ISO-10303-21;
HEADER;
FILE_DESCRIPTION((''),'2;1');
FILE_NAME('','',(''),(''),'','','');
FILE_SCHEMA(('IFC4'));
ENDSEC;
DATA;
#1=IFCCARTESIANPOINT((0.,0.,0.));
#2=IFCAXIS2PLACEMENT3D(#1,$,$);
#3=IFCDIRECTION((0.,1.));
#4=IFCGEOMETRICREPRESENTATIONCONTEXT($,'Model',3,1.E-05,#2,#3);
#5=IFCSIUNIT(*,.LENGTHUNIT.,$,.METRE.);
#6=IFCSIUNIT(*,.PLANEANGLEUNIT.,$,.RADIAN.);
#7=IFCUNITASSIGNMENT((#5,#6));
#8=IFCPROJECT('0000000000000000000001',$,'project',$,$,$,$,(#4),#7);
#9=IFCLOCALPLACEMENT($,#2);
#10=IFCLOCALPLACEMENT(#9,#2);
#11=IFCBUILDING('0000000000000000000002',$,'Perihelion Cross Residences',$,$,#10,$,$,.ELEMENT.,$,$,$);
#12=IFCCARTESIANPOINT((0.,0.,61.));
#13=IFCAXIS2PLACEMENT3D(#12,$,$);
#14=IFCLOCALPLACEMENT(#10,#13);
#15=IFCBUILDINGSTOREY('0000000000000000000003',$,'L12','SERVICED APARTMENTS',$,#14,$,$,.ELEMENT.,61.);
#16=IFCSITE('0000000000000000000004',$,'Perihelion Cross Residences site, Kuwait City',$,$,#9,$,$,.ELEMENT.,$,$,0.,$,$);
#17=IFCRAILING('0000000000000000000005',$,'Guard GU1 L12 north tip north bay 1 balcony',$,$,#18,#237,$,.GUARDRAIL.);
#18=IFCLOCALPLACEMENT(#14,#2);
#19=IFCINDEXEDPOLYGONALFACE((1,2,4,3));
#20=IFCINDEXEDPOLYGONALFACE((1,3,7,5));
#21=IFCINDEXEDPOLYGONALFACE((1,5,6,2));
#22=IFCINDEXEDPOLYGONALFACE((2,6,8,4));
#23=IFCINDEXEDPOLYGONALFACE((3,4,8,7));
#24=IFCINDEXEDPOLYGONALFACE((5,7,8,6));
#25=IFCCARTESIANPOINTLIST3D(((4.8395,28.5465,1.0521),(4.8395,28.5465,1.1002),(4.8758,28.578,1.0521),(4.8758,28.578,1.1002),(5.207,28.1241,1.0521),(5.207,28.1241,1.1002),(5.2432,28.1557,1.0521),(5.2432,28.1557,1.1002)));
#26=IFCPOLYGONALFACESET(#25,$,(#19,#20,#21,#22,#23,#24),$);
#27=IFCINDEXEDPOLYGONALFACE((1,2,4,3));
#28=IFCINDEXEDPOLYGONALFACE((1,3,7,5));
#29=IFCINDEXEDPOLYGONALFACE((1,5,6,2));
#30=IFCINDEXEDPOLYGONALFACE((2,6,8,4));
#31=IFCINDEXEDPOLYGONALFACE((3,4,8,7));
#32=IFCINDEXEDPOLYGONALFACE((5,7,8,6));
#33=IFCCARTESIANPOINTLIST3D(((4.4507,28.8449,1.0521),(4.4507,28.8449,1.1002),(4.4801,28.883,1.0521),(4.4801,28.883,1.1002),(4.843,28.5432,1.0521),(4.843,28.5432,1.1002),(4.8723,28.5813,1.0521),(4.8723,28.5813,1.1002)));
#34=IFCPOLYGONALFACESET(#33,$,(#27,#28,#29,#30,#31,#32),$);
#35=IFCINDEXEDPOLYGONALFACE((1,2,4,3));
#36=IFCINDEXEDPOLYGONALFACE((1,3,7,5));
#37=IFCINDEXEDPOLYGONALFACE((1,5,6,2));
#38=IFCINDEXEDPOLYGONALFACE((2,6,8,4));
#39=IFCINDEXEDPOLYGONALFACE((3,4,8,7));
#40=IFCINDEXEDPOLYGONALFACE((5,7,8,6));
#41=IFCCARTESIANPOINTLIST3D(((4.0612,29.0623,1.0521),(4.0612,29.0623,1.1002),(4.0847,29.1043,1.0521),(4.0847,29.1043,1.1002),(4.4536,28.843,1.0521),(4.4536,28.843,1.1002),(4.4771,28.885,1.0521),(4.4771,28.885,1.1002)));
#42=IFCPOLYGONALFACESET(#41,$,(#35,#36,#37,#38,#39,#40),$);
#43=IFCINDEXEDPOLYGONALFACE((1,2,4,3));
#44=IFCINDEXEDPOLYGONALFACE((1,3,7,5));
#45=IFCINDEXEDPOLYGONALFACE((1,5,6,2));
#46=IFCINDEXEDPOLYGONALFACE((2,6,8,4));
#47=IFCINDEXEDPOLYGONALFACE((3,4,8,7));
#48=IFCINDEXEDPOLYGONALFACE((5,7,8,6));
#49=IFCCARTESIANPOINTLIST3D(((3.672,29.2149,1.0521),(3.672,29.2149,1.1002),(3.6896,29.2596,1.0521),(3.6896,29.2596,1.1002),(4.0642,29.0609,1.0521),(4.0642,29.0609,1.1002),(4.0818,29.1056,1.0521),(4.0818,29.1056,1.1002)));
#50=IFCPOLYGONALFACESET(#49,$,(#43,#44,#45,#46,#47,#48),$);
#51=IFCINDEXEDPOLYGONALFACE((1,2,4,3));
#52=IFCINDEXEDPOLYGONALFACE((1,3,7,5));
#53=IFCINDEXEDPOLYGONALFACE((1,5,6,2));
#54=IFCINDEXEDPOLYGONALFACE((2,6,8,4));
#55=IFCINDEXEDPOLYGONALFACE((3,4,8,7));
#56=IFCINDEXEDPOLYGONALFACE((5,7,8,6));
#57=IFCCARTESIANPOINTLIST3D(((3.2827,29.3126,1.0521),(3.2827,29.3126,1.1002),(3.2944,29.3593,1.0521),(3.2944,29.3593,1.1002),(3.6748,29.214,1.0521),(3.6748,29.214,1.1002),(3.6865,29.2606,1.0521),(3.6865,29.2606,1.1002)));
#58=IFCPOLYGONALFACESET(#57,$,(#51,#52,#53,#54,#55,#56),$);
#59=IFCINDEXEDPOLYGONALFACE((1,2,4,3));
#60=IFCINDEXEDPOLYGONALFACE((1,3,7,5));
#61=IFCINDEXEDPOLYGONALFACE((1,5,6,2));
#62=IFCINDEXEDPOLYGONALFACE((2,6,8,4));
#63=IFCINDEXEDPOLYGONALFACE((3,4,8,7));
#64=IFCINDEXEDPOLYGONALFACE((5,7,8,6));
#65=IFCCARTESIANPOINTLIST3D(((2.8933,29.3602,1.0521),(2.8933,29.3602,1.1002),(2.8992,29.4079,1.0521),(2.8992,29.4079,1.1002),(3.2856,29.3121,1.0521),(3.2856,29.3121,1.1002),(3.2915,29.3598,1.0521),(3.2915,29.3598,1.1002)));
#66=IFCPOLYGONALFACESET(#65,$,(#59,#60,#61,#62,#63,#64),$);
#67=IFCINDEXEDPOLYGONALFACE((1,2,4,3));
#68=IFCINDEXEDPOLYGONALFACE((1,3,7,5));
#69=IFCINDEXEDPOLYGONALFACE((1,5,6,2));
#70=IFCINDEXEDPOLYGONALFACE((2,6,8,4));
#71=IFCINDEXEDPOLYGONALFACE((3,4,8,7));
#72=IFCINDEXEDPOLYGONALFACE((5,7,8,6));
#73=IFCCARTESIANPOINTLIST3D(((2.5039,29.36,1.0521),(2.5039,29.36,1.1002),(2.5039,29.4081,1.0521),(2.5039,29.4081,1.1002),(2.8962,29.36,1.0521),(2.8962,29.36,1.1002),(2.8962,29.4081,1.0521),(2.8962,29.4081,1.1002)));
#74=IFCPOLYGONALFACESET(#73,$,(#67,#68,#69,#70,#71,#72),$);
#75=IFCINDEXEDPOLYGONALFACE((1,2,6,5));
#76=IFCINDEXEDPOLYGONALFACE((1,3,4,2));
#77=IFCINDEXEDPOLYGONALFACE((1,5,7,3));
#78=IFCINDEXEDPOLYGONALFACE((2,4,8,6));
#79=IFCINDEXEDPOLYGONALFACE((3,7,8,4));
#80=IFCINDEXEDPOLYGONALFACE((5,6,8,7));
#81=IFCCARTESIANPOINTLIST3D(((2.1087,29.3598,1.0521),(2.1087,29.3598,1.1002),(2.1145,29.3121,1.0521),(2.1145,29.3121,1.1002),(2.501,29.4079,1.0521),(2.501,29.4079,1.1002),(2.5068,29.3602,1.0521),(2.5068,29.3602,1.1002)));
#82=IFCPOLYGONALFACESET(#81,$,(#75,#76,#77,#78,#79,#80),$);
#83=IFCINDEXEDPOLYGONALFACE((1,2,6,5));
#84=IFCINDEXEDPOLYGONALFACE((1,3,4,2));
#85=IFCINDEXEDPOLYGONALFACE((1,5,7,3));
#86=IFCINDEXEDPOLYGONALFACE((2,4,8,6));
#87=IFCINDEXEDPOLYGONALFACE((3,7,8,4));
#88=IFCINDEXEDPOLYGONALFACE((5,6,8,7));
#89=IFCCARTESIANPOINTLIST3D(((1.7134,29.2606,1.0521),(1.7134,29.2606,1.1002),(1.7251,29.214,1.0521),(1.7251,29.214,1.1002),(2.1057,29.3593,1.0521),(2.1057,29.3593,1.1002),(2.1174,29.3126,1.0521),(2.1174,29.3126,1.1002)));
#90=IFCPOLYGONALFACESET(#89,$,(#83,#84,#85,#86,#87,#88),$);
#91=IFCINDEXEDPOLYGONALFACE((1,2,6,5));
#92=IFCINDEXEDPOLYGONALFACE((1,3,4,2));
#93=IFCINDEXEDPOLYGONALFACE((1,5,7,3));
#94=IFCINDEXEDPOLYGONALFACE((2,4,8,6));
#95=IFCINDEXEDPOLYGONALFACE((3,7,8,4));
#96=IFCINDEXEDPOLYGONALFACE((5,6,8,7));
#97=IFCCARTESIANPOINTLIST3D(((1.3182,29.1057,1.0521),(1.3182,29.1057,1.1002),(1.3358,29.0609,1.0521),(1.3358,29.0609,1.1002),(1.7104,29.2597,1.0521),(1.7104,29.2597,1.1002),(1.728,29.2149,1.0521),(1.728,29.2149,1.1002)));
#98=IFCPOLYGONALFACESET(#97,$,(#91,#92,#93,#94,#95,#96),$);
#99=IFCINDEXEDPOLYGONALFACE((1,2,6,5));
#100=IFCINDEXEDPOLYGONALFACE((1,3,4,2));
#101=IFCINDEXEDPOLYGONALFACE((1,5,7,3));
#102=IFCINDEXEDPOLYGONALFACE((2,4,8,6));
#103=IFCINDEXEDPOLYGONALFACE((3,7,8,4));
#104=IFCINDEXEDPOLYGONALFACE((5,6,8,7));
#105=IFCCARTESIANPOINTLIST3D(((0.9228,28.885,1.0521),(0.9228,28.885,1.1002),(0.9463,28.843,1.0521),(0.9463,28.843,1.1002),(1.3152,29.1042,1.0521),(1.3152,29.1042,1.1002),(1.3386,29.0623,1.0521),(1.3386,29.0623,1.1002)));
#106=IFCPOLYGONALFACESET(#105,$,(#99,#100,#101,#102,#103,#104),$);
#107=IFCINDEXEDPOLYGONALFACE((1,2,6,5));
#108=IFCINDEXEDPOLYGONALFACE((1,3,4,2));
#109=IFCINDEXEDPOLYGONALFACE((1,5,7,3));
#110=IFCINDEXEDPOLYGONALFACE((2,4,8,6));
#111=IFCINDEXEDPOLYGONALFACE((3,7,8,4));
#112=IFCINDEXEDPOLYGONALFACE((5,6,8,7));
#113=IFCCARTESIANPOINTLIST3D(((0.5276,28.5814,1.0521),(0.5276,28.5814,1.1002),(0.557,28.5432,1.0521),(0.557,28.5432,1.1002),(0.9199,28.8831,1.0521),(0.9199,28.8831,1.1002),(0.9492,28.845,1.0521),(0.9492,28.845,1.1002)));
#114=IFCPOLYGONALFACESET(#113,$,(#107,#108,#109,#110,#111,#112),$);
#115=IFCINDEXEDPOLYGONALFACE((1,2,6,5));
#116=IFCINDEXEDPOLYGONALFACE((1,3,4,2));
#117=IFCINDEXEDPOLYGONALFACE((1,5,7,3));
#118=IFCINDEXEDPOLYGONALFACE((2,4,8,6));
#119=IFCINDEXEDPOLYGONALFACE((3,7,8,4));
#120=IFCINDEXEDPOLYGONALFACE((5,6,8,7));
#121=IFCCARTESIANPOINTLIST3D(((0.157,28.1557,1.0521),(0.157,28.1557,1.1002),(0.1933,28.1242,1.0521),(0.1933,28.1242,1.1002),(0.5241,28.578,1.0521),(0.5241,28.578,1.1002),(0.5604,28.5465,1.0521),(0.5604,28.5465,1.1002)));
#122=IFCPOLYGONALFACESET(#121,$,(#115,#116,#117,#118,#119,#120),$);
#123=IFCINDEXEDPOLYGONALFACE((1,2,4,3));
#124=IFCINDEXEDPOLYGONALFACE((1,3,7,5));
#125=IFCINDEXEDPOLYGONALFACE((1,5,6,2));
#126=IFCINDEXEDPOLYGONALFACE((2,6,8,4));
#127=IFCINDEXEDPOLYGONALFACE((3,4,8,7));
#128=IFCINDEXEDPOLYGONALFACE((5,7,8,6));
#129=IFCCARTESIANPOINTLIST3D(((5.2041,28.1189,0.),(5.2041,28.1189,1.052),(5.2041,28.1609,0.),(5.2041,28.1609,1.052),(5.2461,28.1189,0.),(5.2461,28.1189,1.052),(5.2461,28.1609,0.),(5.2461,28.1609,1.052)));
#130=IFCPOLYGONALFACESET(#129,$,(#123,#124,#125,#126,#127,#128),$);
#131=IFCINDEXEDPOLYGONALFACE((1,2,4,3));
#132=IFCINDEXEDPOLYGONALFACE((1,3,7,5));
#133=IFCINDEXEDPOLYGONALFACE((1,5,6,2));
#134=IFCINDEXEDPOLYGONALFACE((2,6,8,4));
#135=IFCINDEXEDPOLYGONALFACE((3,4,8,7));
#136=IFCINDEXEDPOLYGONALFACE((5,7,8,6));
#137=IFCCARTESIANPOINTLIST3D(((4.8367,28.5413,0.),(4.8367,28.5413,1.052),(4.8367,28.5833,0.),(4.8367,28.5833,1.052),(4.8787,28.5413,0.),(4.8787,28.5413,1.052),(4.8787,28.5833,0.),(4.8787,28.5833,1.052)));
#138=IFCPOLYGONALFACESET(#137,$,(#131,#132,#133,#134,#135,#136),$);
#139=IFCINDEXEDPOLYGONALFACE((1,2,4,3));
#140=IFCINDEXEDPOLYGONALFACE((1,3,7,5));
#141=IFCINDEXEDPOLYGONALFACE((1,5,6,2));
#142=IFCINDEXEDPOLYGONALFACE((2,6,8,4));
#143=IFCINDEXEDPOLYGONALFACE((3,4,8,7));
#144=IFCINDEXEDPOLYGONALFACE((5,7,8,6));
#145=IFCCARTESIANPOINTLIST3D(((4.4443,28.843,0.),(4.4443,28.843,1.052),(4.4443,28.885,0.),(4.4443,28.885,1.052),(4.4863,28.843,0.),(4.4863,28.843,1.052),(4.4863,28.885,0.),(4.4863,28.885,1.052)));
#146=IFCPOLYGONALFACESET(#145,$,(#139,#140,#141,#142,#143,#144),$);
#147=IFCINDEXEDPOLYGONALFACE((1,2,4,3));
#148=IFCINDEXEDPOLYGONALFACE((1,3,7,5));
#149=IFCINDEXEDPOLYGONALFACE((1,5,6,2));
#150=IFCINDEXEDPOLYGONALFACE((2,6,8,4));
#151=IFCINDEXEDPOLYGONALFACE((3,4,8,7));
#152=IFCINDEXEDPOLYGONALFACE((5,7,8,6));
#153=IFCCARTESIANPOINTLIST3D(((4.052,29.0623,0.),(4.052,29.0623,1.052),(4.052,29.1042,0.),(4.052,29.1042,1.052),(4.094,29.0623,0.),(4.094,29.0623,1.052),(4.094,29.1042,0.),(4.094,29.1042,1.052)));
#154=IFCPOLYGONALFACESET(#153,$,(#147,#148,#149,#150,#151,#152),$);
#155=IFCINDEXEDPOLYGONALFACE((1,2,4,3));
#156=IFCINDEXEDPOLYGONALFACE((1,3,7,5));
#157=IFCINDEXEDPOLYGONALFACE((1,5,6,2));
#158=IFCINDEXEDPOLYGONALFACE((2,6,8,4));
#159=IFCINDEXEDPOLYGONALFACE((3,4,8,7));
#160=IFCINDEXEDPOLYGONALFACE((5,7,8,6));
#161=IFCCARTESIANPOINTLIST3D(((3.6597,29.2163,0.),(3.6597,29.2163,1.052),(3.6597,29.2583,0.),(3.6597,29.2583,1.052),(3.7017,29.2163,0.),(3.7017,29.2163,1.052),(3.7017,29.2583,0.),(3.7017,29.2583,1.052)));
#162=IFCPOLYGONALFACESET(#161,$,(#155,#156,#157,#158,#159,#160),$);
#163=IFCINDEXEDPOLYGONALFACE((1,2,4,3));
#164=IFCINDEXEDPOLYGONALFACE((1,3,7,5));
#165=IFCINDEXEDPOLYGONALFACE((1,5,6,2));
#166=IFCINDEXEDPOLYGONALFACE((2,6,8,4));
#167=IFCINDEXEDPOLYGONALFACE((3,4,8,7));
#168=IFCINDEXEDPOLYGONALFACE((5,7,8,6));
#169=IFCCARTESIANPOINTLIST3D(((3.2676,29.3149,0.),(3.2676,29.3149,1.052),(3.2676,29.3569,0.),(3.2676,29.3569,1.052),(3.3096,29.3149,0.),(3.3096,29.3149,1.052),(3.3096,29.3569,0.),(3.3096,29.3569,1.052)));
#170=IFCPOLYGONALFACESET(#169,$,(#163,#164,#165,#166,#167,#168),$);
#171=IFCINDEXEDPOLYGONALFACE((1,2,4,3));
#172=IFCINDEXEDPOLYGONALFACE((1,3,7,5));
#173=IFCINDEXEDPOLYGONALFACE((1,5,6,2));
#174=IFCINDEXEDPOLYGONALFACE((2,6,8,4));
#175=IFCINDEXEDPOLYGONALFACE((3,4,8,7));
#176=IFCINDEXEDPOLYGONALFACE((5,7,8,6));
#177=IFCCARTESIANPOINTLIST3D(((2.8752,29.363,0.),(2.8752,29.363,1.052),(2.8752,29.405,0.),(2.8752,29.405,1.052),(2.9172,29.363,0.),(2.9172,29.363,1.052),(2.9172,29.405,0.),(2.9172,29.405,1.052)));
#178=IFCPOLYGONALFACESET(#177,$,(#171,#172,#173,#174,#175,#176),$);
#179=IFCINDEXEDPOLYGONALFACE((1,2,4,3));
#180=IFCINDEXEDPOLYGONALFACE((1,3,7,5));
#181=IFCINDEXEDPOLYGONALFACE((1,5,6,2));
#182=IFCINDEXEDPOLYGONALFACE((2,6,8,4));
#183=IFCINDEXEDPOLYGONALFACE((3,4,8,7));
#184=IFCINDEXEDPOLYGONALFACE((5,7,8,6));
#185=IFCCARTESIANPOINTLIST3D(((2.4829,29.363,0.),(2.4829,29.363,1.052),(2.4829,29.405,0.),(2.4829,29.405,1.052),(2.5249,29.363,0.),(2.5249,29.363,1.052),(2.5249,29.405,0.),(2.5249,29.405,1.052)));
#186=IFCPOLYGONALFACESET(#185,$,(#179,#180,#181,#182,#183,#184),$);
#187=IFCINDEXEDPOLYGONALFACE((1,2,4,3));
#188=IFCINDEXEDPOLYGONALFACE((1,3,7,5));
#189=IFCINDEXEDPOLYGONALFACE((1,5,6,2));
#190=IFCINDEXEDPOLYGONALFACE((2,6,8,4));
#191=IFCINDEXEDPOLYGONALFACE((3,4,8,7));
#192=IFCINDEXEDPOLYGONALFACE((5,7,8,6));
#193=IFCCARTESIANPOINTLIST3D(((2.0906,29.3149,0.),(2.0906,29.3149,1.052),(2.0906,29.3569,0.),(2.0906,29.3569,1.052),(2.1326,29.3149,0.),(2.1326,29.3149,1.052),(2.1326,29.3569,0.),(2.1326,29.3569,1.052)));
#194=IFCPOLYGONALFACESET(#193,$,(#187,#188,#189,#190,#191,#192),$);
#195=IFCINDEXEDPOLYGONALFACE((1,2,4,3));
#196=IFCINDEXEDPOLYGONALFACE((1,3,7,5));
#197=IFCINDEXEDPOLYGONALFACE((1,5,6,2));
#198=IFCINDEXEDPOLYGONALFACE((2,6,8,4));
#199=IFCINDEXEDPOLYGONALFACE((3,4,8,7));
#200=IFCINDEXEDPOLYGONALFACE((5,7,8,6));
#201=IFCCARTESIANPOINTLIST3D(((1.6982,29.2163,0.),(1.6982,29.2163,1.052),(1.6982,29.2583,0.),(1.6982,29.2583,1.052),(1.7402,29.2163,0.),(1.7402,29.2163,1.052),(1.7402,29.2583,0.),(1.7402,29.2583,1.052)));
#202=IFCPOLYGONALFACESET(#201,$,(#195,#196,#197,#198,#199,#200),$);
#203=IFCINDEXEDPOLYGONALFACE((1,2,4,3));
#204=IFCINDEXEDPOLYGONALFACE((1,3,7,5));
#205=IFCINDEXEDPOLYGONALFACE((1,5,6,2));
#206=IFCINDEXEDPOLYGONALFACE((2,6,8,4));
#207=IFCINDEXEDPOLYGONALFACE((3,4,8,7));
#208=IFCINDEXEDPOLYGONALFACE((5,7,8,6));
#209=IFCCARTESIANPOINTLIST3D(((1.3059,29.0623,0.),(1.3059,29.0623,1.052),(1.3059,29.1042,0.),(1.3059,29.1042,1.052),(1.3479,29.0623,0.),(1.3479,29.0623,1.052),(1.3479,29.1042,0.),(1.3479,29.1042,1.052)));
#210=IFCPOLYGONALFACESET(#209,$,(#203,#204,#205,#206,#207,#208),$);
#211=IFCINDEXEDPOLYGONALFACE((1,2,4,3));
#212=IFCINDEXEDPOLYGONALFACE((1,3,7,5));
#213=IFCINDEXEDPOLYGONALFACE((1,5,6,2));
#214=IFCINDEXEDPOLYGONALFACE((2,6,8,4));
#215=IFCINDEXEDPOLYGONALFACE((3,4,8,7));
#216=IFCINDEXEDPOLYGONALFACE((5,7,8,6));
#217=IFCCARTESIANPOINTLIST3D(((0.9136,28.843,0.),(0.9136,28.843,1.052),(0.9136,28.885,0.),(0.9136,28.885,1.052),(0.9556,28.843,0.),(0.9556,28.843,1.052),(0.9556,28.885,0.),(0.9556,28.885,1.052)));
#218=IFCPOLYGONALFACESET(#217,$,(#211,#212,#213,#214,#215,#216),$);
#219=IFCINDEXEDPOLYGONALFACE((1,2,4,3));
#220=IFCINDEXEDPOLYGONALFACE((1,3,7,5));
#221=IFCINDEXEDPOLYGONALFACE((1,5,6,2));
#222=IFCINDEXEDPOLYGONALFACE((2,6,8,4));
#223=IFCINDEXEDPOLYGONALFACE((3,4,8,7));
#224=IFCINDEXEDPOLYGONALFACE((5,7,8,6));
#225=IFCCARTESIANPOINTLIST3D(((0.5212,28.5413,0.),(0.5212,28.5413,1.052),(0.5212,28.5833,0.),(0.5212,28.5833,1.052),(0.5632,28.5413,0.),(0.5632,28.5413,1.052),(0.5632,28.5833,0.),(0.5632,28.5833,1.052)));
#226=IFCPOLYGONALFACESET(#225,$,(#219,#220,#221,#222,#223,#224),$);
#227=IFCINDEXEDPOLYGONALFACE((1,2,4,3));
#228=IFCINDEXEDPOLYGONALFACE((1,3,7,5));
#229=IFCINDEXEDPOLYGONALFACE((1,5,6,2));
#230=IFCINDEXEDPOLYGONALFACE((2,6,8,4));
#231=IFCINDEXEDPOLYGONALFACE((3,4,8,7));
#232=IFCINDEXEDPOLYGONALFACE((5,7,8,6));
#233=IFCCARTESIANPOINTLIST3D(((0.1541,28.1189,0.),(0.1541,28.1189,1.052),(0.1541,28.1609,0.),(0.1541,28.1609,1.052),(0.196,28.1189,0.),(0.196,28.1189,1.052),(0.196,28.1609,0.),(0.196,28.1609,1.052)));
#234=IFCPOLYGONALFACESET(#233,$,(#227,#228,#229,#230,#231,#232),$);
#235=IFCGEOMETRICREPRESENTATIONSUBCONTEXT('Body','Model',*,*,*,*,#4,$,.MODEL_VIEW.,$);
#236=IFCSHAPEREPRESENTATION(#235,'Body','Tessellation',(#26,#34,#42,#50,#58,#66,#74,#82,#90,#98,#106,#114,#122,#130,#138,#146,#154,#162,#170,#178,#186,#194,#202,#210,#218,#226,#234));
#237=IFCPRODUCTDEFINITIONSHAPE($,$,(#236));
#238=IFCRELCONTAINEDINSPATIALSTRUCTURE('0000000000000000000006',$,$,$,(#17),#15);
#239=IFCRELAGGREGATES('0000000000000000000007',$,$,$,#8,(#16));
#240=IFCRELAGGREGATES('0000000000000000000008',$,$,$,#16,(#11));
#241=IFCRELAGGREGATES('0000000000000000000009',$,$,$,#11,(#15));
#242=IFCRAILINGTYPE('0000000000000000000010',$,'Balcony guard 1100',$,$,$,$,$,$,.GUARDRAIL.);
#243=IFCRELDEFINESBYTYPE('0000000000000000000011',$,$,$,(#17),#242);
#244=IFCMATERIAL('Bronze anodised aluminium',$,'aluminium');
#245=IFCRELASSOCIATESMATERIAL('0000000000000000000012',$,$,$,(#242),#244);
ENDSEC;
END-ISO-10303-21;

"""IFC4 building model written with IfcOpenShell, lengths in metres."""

from ifc_helpers import new_model, si_unit, direction, frame, origin, origin_2d, place, context, subcontext, project, spatial, rectangle, extrude, material, type_object, element, save


model = new_model("IFC4")

# Units and contexts
model_context = context("Model", 3, precision=1e-05, world=origin(), true_north=direction((0.0, 1.0)))
body_context = subcontext(model_context, "Body", "Model", "MODEL_VIEW")
ifc_project = project(units=[si_unit("LENGTHUNIT", "METRE"), si_unit("PLANEANGLEUNIT", "RADIAN")], contexts=[model_context])

# Site, building, storey
site_placement = place(None, origin())
site = spatial("IfcSite", under=ifc_project, at=site_placement, Name="Perihelion Cross Residences site, Kuwait City", CompositionType="ELEMENT", RefElevation=0.0)
building_placement = place(site_placement, origin())
building = spatial("IfcBuilding", under=site, at=building_placement, Name="Perihelion Cross Residences", CompositionType="ELEMENT")
storey_placement = place(building_placement, frame((0.0, 0.0, 61.0)))
storey = spatial("IfcBuildingStorey", under=building, at=storey_placement, Name="L12", Description="SERVICED APARTMENTS", CompositionType="ELEMENT", Elevation=61.0)

# Railing
ifc_material_1 = material(Name="Bronze anodised aluminium", Category="aluminium")
railing_type = type_object("IfcRailingType", Name="Balcony guard 1100", PredefinedType="GUARDRAIL", material=ifc_material_1)
railing_placement = place(storey_placement, frame((5.2251, 28.1399, 0.0)))
element("IfcRailing", 1, at=railing_placement, inside=storey, type_object=railing_type, Name="Guard GU1 L12 north tip north bay 1 balcony", PredefinedType="GUARDRAIL", context=body_context, shape_type="SweptSolid", body=[
    extrude(rectangle(XDim=0.0481, YDim=0.0481, at=origin_2d()), frame((0.0, 0.0, 1.0762), z_axis=(-0.656341, 0.754465, 0.0), x_axis=(-0.754465, -0.656341, 0.0)), (0.0, 0.0, 1.0), 0.5598),
    extrude(rectangle(XDim=0.0481, YDim=0.0481, at=origin_2d()), frame((-0.3674, 0.4224, 1.0762), z_axis=(-0.792661, 0.609663, 0.0), x_axis=(-0.609663, -0.792661, 0.0)), (0.0, 0.0, 1.0), 0.4949),
    extrude(rectangle(XDim=0.0481, YDim=0.0481, at=origin_2d()), frame((-0.7598, 0.7241, 1.0762), z_axis=(-0.87295, 0.487809, 0.0), x_axis=(-0.487809, -0.87295, 0.0)), (0.0, 0.0, 1.0), 0.4495),
    extrude(rectangle(XDim=0.0481, YDim=0.0481, at=origin_2d()), frame((-1.1521, 0.9434, 1.0762), z_axis=(-0.930815, 0.365491, 0.0), x_axis=(-0.365491, -0.930815, 0.0)), (0.0, 0.0, 1.0), 0.4214),
    extrude(rectangle(XDim=0.0481, YDim=0.0481, at=origin_2d()), frame((-1.5444, 1.0974, 1.0762), z_axis=(-0.969786, 0.243956, 0.0), x_axis=(-0.243956, -0.969786, 0.0)), (0.0, 0.0, 1.0), 0.4043),
    extrude(rectangle(XDim=0.0481, YDim=0.0481, at=origin_2d()), frame((-1.9365, 1.196, 1.0762), z_axis=(-0.99257, 0.121678, 0.0), x_axis=(-0.121678, -0.99257, 0.0)), (0.0, 0.0, 1.0), 0.3953),
    extrude(rectangle(XDim=0.0481, YDim=0.0481, at=origin_2d()), frame((-2.3289, 1.2441, 1.0762), z_axis=(-1.0, 0.0, 0.0), x_axis=(0.0, -1.0, 0.0)), (0.0, 0.0, 1.0), 0.3923),
    extrude(rectangle(XDim=0.0481, YDim=0.0481, at=origin_2d()), frame((-2.7212, 1.2441, 1.0762), z_axis=(-0.99257, -0.121678, 0.0), x_axis=(0.121678, -0.99257, 0.0)), (0.0, 0.0, 1.0), 0.3953),
    extrude(rectangle(XDim=0.0481, YDim=0.0481, at=origin_2d()), frame((-3.1135, 1.196, 1.0762), z_axis=(-0.969822, -0.243813, 0.0), x_axis=(0.243813, -0.969822, 0.0)), (0.0, 0.0, 1.0), 0.4045),
    extrude(rectangle(XDim=0.0481, YDim=0.0481, at=origin_2d()), frame((-3.5059, 1.0974, 1.0762), z_axis=(-0.930815, -0.365491, 0.0), x_axis=(0.365491, -0.930815, 0.0)), (0.0, 0.0, 1.0), 0.4214),
    extrude(rectangle(XDim=0.0481, YDim=0.0481, at=origin_2d()), frame((-3.8982, 0.9434, 1.0762), z_axis=(-0.87295, -0.487809, 0.0), x_axis=(0.487809, -0.87295, 0.0)), (0.0, 0.0, 1.0), 0.4495),
    extrude(rectangle(XDim=0.0481, YDim=0.0481, at=origin_2d()), frame((-4.2905, 0.7241, 1.0762), z_axis=(-0.792661, -0.609663, 0.0), x_axis=(0.609663, -0.792661, 0.0)), (0.0, 0.0, 1.0), 0.4949),
    extrude(rectangle(XDim=0.0481, YDim=0.0481, at=origin_2d()), frame((-4.6829, 0.4224, 1.0762), z_axis=(-0.656092, -0.754681, 0.0), x_axis=(0.754681, -0.656092, 0.0)), (0.0, 0.0, 1.0), 0.5596),
    extrude(rectangle(XDim=0.042, YDim=0.042, at=origin_2d()), origin(), (0.0, 0.0, 1.0), 1.052),
    extrude(rectangle(XDim=0.042, YDim=0.042, at=origin_2d()), frame((-0.3674, 0.4224, 0.0)), (0.0, 0.0, 1.0), 1.052),
    extrude(rectangle(XDim=0.042, YDim=0.042, at=origin_2d()), frame((-0.7598, 0.7241, 0.0)), (0.0, 0.0, 1.0), 1.052),
    extrude(rectangle(XDim=0.042, YDim=0.042, at=origin_2d()), frame((-1.1521, 0.9434, 0.0)), (0.0, 0.0, 1.0), 1.052),
    extrude(rectangle(XDim=0.042, YDim=0.042, at=origin_2d()), frame((-1.5444, 1.0974, 0.0)), (0.0, 0.0, 1.0), 1.052),
    extrude(rectangle(XDim=0.042, YDim=0.042, at=origin_2d()), frame((-1.9365, 1.196, 0.0)), (0.0, 0.0, 1.0), 1.052),
    extrude(rectangle(XDim=0.042, YDim=0.042, at=origin_2d()), frame((-2.3289, 1.2441, 0.0)), (0.0, 0.0, 1.0), 1.052),
    extrude(rectangle(XDim=0.042, YDim=0.042, at=origin_2d()), frame((-2.7212, 1.2441, 0.0)), (0.0, 0.0, 1.0), 1.052),
    extrude(rectangle(XDim=0.042, YDim=0.042, at=origin_2d()), frame((-3.1135, 1.196, 0.0)), (0.0, 0.0, 1.0), 1.052),
    extrude(rectangle(XDim=0.042, YDim=0.042, at=origin_2d()), frame((-3.5059, 1.0974, 0.0)), (0.0, 0.0, 1.0), 1.052),
    extrude(rectangle(XDim=0.042, YDim=0.042, at=origin_2d()), frame((-3.8982, 0.9434, 0.0)), (0.0, 0.0, 1.0), 1.052),
    extrude(rectangle(XDim=0.042, YDim=0.042, at=origin_2d()), frame((-4.2905, 0.7241, 0.0)), (0.0, 0.0, 1.0), 1.052),
    extrude(rectangle(XDim=0.042, YDim=0.042, at=origin_2d()), frame((-4.6829, 0.4224, 0.0)), (0.0, 0.0, 1.0), 1.052),
    extrude(rectangle(XDim=0.042, YDim=0.042, at=origin_2d()), frame((-5.05, 0.0, 0.0)), (0.0, 0.0, 1.0), 1.052),
])

save(model, "model.ifc")
